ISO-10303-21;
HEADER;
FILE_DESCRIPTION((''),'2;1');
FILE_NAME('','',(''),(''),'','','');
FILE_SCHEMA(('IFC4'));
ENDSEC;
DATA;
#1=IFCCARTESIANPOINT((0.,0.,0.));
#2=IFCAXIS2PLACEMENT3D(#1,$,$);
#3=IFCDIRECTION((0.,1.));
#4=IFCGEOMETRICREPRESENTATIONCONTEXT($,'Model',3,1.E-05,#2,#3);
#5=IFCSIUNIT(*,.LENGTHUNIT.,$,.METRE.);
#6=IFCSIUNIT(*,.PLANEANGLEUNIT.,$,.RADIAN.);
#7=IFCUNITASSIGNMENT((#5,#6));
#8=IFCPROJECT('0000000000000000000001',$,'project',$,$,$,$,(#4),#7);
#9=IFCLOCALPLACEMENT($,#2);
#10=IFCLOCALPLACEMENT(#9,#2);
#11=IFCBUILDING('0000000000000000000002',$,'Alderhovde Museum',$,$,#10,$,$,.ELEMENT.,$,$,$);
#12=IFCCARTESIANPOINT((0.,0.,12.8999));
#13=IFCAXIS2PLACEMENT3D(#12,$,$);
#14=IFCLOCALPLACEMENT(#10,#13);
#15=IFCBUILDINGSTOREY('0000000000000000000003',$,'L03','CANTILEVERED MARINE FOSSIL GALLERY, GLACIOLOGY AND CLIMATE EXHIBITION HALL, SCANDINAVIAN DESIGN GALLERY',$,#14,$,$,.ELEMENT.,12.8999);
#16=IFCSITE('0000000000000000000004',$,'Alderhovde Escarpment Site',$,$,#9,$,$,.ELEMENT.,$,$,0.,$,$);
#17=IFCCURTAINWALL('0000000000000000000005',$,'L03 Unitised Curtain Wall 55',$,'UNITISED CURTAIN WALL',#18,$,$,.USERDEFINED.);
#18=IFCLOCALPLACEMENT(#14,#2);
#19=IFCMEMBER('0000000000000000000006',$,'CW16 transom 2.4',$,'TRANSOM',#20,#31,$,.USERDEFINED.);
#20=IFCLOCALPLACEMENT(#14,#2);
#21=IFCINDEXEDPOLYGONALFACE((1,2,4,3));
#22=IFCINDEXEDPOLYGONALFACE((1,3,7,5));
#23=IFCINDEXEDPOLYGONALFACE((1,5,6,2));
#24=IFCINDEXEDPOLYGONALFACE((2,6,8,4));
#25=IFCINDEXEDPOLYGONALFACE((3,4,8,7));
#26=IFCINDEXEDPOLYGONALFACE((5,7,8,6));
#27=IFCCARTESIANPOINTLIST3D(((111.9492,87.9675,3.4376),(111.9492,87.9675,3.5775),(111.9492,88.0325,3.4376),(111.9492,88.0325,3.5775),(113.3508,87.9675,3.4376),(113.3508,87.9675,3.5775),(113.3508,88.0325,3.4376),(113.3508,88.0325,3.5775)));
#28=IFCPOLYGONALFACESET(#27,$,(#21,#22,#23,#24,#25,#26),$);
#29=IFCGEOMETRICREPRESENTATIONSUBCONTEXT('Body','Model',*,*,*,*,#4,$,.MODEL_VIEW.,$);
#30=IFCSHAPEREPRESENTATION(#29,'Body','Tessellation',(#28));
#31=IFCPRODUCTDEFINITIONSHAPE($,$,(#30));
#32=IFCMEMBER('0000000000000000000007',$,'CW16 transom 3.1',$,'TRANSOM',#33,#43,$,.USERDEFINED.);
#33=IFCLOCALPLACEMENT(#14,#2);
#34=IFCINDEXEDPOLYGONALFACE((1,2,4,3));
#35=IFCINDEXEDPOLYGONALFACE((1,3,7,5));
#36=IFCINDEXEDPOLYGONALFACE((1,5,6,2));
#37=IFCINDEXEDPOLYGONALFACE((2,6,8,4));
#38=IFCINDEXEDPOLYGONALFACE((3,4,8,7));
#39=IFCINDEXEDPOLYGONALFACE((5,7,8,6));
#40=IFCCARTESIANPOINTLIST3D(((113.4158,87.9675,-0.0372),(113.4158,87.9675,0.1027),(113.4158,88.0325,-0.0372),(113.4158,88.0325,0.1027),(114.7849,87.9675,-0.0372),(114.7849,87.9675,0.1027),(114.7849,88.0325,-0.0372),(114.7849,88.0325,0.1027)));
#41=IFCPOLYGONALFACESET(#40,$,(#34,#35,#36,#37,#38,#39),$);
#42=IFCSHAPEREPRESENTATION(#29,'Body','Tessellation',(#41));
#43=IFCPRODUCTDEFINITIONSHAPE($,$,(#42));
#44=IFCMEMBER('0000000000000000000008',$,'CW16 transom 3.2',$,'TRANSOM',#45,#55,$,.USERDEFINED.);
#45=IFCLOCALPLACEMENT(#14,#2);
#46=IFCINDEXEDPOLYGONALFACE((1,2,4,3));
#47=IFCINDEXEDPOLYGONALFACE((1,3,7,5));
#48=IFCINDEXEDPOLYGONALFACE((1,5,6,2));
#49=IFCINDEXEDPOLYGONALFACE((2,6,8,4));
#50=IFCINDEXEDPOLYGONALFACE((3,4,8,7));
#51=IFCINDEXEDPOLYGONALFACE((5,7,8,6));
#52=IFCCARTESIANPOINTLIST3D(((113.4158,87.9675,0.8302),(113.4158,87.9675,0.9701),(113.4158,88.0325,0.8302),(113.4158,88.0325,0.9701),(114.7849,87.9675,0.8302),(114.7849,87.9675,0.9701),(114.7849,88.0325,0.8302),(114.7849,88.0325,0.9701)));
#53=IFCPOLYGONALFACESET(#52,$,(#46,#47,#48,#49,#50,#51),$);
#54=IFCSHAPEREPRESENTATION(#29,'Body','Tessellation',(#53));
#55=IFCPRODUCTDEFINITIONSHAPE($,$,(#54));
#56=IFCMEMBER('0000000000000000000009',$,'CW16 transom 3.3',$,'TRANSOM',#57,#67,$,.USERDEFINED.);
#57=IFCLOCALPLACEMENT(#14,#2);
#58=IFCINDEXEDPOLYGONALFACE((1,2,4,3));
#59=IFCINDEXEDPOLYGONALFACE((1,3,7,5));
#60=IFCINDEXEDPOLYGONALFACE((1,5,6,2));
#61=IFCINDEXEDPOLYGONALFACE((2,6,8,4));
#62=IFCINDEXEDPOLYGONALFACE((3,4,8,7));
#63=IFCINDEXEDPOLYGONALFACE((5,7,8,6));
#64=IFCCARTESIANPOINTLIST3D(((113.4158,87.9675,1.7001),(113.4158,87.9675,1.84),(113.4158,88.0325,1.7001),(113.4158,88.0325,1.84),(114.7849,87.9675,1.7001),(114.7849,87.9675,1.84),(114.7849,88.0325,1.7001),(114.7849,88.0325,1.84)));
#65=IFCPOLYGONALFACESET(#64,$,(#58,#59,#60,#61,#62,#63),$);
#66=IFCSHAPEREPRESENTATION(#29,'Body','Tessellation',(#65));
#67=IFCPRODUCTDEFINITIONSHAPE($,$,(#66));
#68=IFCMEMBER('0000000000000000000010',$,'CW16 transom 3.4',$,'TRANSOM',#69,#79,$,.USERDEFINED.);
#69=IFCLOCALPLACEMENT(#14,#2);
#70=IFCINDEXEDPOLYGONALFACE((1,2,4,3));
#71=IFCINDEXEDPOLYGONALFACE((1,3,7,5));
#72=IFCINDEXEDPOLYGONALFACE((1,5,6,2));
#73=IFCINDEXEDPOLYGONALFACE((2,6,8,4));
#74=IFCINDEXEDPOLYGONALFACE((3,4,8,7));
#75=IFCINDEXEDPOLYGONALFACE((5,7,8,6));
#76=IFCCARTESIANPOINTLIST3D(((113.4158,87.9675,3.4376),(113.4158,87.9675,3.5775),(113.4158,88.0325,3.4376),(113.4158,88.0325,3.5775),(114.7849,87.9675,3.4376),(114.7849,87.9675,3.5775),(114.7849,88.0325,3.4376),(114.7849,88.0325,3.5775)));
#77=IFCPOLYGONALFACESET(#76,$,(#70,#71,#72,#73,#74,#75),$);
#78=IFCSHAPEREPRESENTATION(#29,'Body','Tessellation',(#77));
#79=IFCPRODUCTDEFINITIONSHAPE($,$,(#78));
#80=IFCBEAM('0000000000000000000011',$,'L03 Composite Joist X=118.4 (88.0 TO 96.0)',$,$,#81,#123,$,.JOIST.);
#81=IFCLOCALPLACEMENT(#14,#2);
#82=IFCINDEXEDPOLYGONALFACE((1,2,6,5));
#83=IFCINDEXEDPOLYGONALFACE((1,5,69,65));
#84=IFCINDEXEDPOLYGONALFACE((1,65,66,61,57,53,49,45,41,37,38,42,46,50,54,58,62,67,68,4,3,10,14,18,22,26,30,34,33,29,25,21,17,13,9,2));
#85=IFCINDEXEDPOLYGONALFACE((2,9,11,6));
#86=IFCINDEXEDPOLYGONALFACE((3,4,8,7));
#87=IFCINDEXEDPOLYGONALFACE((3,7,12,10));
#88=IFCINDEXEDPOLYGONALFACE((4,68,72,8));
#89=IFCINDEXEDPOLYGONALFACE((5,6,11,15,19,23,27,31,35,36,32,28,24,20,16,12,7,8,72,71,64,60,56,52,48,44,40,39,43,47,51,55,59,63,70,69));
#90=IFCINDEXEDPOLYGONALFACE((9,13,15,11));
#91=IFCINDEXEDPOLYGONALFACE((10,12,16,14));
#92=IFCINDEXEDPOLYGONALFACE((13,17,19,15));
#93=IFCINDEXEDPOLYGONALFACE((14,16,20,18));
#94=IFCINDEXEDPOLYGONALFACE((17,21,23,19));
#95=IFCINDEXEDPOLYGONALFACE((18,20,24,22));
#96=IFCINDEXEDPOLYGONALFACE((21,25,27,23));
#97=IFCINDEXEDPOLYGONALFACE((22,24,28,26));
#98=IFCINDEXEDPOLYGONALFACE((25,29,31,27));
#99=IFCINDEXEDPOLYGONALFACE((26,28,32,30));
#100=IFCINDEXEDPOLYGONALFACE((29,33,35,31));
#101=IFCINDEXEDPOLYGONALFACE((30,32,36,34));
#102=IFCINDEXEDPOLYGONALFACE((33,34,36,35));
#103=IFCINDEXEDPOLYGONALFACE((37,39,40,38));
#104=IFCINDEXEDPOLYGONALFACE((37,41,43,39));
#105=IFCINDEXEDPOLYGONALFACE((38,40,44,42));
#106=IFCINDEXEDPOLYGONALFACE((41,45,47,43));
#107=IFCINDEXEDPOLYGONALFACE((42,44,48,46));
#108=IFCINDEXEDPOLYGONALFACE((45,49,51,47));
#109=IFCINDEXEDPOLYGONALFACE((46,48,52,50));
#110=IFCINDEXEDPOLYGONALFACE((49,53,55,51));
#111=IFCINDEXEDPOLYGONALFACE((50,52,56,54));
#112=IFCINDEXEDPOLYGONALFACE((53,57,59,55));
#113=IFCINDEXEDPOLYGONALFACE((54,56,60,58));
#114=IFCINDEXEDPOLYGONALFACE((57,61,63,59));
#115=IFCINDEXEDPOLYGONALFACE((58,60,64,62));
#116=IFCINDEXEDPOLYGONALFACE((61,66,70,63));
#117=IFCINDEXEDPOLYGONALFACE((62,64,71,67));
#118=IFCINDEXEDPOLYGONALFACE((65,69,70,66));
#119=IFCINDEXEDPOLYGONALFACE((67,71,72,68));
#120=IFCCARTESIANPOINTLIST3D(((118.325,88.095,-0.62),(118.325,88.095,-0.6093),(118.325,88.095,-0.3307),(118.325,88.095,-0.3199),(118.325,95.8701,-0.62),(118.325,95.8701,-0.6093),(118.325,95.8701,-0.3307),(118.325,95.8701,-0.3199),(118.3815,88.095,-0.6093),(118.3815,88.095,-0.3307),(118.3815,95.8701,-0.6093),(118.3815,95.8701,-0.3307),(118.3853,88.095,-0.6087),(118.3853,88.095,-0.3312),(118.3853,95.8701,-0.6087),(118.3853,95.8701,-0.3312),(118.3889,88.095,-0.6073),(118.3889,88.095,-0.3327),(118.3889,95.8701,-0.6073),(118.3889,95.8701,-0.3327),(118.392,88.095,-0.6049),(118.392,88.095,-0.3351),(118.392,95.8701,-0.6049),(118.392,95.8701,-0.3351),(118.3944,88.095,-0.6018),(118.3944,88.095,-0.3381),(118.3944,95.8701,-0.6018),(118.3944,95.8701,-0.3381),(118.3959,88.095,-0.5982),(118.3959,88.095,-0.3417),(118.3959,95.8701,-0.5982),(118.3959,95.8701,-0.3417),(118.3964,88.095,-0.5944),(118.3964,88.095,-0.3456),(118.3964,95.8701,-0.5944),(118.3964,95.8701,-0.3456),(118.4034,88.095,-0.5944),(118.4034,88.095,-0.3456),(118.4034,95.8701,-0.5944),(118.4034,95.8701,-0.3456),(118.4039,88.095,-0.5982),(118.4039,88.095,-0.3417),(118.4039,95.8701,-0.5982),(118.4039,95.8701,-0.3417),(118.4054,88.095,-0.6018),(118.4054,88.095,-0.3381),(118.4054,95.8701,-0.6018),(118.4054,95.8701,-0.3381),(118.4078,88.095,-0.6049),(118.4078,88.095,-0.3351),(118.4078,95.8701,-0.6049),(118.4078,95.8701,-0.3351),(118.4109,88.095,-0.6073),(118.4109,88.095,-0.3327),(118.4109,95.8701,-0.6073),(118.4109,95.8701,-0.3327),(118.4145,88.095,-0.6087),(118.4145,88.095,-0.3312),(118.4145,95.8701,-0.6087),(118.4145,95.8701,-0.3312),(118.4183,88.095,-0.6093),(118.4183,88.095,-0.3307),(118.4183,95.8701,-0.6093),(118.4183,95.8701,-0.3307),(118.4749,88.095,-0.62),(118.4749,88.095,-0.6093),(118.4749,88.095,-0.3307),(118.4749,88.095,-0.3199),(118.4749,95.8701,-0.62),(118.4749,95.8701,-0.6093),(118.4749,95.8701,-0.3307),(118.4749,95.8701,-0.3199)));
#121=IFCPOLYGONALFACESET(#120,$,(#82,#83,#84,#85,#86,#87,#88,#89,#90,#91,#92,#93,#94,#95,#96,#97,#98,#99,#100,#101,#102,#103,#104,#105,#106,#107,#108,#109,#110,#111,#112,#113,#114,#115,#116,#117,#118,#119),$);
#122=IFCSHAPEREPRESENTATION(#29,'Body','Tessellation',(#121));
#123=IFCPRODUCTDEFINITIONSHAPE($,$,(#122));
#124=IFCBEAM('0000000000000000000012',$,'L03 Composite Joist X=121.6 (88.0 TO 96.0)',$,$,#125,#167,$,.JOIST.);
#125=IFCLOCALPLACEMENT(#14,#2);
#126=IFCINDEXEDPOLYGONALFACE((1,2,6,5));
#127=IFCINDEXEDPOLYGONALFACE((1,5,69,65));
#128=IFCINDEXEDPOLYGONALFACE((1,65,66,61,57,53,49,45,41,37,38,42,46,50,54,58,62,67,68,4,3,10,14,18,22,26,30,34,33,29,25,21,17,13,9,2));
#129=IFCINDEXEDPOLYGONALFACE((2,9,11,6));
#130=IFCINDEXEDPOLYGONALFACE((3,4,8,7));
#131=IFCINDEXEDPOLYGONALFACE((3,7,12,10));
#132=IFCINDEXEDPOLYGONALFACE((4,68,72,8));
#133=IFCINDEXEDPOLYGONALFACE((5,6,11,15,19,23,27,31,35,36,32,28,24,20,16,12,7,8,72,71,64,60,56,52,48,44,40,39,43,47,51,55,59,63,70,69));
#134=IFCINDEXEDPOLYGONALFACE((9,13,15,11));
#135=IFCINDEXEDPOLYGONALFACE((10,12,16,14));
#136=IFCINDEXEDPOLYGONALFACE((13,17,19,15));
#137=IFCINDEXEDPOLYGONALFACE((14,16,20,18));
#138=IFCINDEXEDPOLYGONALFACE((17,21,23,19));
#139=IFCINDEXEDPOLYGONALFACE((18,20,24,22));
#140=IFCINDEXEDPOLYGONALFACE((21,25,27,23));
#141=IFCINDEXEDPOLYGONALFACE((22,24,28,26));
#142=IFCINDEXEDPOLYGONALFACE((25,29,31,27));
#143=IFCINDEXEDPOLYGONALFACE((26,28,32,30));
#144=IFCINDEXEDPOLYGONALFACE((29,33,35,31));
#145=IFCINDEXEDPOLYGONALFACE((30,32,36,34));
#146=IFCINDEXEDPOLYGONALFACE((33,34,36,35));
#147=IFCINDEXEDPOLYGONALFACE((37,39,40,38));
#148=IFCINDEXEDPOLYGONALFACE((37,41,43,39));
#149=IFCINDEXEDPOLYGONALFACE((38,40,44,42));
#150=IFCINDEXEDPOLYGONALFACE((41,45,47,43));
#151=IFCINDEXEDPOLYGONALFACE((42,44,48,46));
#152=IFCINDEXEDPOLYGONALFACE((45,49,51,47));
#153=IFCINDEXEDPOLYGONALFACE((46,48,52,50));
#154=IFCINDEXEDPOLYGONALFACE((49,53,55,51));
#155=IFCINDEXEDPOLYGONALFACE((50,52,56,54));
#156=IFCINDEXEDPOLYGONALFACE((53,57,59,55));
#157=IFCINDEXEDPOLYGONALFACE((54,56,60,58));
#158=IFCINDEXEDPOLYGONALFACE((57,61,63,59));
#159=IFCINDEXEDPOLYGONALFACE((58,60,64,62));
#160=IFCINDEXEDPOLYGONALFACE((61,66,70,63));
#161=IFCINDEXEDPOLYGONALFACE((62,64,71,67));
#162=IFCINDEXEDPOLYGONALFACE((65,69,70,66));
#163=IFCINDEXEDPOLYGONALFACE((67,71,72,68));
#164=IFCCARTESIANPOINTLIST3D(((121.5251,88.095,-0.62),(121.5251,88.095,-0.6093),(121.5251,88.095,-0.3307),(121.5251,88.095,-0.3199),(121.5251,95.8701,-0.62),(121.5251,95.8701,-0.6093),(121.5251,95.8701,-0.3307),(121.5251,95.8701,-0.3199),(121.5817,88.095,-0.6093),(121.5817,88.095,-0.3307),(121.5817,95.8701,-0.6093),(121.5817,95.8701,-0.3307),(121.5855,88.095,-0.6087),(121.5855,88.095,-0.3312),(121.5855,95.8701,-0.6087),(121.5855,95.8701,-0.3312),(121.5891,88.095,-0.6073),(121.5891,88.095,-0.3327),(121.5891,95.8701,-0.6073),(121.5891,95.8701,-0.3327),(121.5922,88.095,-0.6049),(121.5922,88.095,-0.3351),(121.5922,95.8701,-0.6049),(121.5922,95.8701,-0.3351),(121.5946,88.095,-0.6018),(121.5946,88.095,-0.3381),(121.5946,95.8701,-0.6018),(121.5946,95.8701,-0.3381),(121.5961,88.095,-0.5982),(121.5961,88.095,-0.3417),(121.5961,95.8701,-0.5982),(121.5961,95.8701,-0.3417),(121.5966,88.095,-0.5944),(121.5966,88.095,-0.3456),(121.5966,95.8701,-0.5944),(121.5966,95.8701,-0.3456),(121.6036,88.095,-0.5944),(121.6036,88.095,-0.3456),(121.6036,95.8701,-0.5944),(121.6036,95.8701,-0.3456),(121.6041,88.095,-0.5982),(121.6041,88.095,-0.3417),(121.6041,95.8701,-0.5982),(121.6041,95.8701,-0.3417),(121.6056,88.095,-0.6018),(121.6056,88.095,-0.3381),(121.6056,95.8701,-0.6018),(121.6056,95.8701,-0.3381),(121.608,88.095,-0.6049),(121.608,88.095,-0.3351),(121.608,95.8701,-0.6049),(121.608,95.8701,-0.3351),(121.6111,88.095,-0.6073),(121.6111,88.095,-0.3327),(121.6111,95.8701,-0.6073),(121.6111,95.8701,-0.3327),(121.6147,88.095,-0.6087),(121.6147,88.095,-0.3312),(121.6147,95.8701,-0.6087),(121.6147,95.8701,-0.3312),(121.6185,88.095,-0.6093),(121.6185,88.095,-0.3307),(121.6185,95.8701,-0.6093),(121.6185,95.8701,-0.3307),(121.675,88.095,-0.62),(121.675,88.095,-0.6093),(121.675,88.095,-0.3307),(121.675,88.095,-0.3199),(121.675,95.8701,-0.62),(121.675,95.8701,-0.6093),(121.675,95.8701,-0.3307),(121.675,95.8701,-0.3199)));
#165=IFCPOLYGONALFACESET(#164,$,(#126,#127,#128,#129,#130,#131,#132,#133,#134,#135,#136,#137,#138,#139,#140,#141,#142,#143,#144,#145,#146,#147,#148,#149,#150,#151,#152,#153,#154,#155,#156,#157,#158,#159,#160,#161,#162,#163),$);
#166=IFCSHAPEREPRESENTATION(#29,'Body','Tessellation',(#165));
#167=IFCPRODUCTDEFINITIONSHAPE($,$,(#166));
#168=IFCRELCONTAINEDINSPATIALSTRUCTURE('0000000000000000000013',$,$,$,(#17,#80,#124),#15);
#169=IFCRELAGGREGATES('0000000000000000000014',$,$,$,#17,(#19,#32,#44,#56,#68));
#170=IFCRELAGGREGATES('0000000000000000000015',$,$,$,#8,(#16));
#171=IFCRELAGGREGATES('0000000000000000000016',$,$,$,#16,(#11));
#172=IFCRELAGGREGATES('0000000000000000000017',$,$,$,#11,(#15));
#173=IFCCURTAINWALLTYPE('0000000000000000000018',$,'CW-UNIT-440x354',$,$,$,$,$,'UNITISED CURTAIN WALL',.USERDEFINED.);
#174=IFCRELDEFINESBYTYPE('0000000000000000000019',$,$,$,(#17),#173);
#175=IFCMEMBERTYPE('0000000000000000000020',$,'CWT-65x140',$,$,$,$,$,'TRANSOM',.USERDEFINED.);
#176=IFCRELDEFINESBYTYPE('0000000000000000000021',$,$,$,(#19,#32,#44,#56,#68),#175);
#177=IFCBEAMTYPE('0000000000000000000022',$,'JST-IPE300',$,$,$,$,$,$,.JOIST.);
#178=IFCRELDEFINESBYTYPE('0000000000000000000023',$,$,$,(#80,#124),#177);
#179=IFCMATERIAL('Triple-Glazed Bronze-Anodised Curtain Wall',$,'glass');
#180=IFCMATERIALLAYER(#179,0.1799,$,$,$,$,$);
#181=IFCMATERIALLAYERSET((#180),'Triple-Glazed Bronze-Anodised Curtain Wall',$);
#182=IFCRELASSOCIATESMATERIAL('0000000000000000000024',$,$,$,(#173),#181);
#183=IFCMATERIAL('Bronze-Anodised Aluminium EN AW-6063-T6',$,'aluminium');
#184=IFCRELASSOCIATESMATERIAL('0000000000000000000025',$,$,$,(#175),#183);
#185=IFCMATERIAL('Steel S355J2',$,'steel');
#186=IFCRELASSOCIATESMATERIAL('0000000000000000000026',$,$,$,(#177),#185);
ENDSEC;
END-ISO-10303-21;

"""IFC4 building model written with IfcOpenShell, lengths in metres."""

from ifc_helpers import new_model, si_unit, direction, frame, origin, origin_2d, place, context, subcontext, project, spatial, rectangle, i_section, extrude, material, layer, layer_set, material_profile, profile_set, type_object, element, aggregate, save


model = new_model("IFC4")

# Units and contexts
model_context = context("Model", 3, precision=1e-05, world=origin(), true_north=direction((0.0, 1.0)))
body_context = subcontext(model_context, "Body", "Model", "MODEL_VIEW")
ifc_project = project(units=[si_unit("LENGTHUNIT", "METRE"), si_unit("PLANEANGLEUNIT", "RADIAN")], contexts=[model_context])

# Site, building, storey
site_placement = place(None, origin())
site = spatial("IfcSite", under=ifc_project, at=site_placement, Name="Alderhovde Escarpment Site", CompositionType="ELEMENT", RefElevation=0.0)
building_placement = place(site_placement, origin())
building = spatial("IfcBuilding", under=site, at=building_placement, Name="Alderhovde Museum", CompositionType="ELEMENT")
storey_placement = place(building_placement, frame((0.0, 0.0, 12.8999)))
storey = spatial("IfcBuildingStorey", under=building, at=storey_placement, Name="L03", Description="CANTILEVERED MARINE FOSSIL GALLERY, GLACIOLOGY AND CLIMATE EXHIBITION HALL, SCANDINAVIAN DESIGN GALLERY", CompositionType="ELEMENT", Elevation=12.8999)

# Curtain wall, members
ifc_material_1 = material(Name="Triple-Glazed Bronze-Anodised Curtain Wall", Category="glass")
ifc_layer_1 = layer(ifc_material_1, 0.1799)
ifc_layer_set_1 = layer_set([ifc_layer_1], Name="Triple-Glazed Bronze-Anodised Curtain Wall")
curtain_wall_type = type_object("IfcCurtainWallType", Name="CW-UNIT-440x354", ElementType="UNITISED CURTAIN WALL", PredefinedType="USERDEFINED", material=ifc_layer_set_1)
curtain_wall_placement = place(storey_placement, origin())
curtain_wall = element("IfcCurtainWall", 1, at=curtain_wall_placement, inside=storey, type_object=curtain_wall_type, Name="L03 Unitised Curtain Wall 55", ObjectType="UNITISED CURTAIN WALL", PredefinedType="USERDEFINED")
ifc_material_2 = material(Name="Bronze-Anodised Aluminium EN AW-6063-T6", Category="aluminium")
ifc_material_profile_1 = material_profile(ifc_material_2, rectangle(XDim=0.0649, YDim=0.1399, at=origin_2d()), Name="TRANSOM 65x140")
ifc_profile_set_1 = profile_set([ifc_material_profile_1], Name="Bronze-Anodised Aluminium EN AW-6063-T6")
member_type_1 = type_object("IfcMemberType", Name="CWT-65x140", ElementType="TRANSOM", PredefinedType="USERDEFINED", material=ifc_profile_set_1)
member_1_placement = place(storey_placement, frame((111.9492, 88.0, 3.5076), z_axis=(1.0, 0.0, 0.0), x_axis=(0.0, 1.0, 0.0)))
member_1 = element("IfcMember", 2, at=member_1_placement, type_object=member_type_1, Name="CW16 transom 2.4", ObjectType="TRANSOM", PredefinedType="USERDEFINED", context=body_context, shape_type="SweptSolid", body=[
    extrude(rectangle(XDim=0.0649, YDim=0.1399, at=origin_2d()), origin(), (0.0, 0.0, 1.0), 1.4016),
])
member_2_placement = place(storey_placement, frame((113.4158, 88.0, 0.0327), z_axis=(1.0, 0.0, 0.0), x_axis=(0.0, 1.0, 0.0)))
member_2 = element("IfcMember", 3, at=member_2_placement, type_object=member_type_1, Name="CW16 transom 3.1", ObjectType="TRANSOM", PredefinedType="USERDEFINED", context=body_context, shape_type="SweptSolid", body=[
    extrude(rectangle(XDim=0.0649, YDim=0.1399, at=origin_2d()), origin(), (0.0, 0.0, 1.0), 1.3691),
])
member_3_placement = place(storey_placement, frame((113.4158, 88.0, 0.9001), z_axis=(1.0, 0.0, 0.0), x_axis=(0.0, 1.0, 0.0)))
member_3 = element("IfcMember", 4, at=member_3_placement, type_object=member_type_1, Name="CW16 transom 3.2", ObjectType="TRANSOM", PredefinedType="USERDEFINED", context=body_context, shape_type="SweptSolid", body=[
    extrude(rectangle(XDim=0.0649, YDim=0.1399, at=origin_2d()), origin(), (0.0, 0.0, 1.0), 1.3691),
])
member_4_placement = place(storey_placement, frame((113.4158, 88.0, 1.77), z_axis=(1.0, 0.0, 0.0), x_axis=(0.0, 1.0, 0.0)))
member_4 = element("IfcMember", 5, at=member_4_placement, type_object=member_type_1, Name="CW16 transom 3.3", ObjectType="TRANSOM", PredefinedType="USERDEFINED", context=body_context, shape_type="SweptSolid", body=[
    extrude(rectangle(XDim=0.0649, YDim=0.1399, at=origin_2d()), origin(), (0.0, 0.0, 1.0), 1.3691),
])
member_5_placement = place(storey_placement, frame((113.4158, 88.0, 3.5076), z_axis=(1.0, 0.0, 0.0), x_axis=(0.0, 1.0, 0.0)))
member_5 = element("IfcMember", 6, at=member_5_placement, type_object=member_type_1, Name="CW16 transom 3.4", ObjectType="TRANSOM", PredefinedType="USERDEFINED", context=body_context, shape_type="SweptSolid", body=[
    extrude(rectangle(XDim=0.0649, YDim=0.1399, at=origin_2d()), origin(), (0.0, 0.0, 1.0), 1.3691),
])

# Beams
ifc_material_3 = material(Name="Steel S355J2", Category="steel")
ifc_material_profile_2 = material_profile(ifc_material_3, i_section(OverallWidth=0.1499, OverallDepth=0.3, WebThickness=0.0071, FlangeThickness=0.0107, FilletRadius=0.0149, at=origin_2d()), Name="IPE 300")
ifc_profile_set_2 = profile_set([ifc_material_profile_2], Name="Steel S355J2")
beam_type_1 = type_object("IfcBeamType", Name="JST-IPE300", PredefinedType="JOIST", material=ifc_profile_set_2)
for number, where, z_axis, x_axis, name in (
    (7, (118.3999, 88.095, -0.47), (0.0, 1.0, 0.0), (-1.0, 0.0, 0.0), "L03 Composite Joist X=118.4 (88.0 TO 96.0)"),
    (8, (121.6001, 88.095, -0.47), (0.0, 1.0, 0.0), (-1.0, 0.0, 0.0), "L03 Composite Joist X=121.6 (88.0 TO 96.0)"),
):
    element("IfcBeam", number, at=place(storey_placement, frame(where, z_axis=z_axis, x_axis=x_axis)), inside=storey, type_object=beam_type_1, Name=name, PredefinedType="JOIST", context=body_context, shape_type="SweptSolid", body=[
        extrude(i_section(OverallWidth=0.1499, OverallDepth=0.3, WebThickness=0.0071, FlangeThickness=0.0107, FilletRadius=0.0149, at=origin_2d()), origin(), (0.0, 0.0, 1.0), 7.7751),
    ])

aggregate(curtain_wall, [member_1, member_2, member_3, member_4, member_5])

save(model, "model.ifc")
